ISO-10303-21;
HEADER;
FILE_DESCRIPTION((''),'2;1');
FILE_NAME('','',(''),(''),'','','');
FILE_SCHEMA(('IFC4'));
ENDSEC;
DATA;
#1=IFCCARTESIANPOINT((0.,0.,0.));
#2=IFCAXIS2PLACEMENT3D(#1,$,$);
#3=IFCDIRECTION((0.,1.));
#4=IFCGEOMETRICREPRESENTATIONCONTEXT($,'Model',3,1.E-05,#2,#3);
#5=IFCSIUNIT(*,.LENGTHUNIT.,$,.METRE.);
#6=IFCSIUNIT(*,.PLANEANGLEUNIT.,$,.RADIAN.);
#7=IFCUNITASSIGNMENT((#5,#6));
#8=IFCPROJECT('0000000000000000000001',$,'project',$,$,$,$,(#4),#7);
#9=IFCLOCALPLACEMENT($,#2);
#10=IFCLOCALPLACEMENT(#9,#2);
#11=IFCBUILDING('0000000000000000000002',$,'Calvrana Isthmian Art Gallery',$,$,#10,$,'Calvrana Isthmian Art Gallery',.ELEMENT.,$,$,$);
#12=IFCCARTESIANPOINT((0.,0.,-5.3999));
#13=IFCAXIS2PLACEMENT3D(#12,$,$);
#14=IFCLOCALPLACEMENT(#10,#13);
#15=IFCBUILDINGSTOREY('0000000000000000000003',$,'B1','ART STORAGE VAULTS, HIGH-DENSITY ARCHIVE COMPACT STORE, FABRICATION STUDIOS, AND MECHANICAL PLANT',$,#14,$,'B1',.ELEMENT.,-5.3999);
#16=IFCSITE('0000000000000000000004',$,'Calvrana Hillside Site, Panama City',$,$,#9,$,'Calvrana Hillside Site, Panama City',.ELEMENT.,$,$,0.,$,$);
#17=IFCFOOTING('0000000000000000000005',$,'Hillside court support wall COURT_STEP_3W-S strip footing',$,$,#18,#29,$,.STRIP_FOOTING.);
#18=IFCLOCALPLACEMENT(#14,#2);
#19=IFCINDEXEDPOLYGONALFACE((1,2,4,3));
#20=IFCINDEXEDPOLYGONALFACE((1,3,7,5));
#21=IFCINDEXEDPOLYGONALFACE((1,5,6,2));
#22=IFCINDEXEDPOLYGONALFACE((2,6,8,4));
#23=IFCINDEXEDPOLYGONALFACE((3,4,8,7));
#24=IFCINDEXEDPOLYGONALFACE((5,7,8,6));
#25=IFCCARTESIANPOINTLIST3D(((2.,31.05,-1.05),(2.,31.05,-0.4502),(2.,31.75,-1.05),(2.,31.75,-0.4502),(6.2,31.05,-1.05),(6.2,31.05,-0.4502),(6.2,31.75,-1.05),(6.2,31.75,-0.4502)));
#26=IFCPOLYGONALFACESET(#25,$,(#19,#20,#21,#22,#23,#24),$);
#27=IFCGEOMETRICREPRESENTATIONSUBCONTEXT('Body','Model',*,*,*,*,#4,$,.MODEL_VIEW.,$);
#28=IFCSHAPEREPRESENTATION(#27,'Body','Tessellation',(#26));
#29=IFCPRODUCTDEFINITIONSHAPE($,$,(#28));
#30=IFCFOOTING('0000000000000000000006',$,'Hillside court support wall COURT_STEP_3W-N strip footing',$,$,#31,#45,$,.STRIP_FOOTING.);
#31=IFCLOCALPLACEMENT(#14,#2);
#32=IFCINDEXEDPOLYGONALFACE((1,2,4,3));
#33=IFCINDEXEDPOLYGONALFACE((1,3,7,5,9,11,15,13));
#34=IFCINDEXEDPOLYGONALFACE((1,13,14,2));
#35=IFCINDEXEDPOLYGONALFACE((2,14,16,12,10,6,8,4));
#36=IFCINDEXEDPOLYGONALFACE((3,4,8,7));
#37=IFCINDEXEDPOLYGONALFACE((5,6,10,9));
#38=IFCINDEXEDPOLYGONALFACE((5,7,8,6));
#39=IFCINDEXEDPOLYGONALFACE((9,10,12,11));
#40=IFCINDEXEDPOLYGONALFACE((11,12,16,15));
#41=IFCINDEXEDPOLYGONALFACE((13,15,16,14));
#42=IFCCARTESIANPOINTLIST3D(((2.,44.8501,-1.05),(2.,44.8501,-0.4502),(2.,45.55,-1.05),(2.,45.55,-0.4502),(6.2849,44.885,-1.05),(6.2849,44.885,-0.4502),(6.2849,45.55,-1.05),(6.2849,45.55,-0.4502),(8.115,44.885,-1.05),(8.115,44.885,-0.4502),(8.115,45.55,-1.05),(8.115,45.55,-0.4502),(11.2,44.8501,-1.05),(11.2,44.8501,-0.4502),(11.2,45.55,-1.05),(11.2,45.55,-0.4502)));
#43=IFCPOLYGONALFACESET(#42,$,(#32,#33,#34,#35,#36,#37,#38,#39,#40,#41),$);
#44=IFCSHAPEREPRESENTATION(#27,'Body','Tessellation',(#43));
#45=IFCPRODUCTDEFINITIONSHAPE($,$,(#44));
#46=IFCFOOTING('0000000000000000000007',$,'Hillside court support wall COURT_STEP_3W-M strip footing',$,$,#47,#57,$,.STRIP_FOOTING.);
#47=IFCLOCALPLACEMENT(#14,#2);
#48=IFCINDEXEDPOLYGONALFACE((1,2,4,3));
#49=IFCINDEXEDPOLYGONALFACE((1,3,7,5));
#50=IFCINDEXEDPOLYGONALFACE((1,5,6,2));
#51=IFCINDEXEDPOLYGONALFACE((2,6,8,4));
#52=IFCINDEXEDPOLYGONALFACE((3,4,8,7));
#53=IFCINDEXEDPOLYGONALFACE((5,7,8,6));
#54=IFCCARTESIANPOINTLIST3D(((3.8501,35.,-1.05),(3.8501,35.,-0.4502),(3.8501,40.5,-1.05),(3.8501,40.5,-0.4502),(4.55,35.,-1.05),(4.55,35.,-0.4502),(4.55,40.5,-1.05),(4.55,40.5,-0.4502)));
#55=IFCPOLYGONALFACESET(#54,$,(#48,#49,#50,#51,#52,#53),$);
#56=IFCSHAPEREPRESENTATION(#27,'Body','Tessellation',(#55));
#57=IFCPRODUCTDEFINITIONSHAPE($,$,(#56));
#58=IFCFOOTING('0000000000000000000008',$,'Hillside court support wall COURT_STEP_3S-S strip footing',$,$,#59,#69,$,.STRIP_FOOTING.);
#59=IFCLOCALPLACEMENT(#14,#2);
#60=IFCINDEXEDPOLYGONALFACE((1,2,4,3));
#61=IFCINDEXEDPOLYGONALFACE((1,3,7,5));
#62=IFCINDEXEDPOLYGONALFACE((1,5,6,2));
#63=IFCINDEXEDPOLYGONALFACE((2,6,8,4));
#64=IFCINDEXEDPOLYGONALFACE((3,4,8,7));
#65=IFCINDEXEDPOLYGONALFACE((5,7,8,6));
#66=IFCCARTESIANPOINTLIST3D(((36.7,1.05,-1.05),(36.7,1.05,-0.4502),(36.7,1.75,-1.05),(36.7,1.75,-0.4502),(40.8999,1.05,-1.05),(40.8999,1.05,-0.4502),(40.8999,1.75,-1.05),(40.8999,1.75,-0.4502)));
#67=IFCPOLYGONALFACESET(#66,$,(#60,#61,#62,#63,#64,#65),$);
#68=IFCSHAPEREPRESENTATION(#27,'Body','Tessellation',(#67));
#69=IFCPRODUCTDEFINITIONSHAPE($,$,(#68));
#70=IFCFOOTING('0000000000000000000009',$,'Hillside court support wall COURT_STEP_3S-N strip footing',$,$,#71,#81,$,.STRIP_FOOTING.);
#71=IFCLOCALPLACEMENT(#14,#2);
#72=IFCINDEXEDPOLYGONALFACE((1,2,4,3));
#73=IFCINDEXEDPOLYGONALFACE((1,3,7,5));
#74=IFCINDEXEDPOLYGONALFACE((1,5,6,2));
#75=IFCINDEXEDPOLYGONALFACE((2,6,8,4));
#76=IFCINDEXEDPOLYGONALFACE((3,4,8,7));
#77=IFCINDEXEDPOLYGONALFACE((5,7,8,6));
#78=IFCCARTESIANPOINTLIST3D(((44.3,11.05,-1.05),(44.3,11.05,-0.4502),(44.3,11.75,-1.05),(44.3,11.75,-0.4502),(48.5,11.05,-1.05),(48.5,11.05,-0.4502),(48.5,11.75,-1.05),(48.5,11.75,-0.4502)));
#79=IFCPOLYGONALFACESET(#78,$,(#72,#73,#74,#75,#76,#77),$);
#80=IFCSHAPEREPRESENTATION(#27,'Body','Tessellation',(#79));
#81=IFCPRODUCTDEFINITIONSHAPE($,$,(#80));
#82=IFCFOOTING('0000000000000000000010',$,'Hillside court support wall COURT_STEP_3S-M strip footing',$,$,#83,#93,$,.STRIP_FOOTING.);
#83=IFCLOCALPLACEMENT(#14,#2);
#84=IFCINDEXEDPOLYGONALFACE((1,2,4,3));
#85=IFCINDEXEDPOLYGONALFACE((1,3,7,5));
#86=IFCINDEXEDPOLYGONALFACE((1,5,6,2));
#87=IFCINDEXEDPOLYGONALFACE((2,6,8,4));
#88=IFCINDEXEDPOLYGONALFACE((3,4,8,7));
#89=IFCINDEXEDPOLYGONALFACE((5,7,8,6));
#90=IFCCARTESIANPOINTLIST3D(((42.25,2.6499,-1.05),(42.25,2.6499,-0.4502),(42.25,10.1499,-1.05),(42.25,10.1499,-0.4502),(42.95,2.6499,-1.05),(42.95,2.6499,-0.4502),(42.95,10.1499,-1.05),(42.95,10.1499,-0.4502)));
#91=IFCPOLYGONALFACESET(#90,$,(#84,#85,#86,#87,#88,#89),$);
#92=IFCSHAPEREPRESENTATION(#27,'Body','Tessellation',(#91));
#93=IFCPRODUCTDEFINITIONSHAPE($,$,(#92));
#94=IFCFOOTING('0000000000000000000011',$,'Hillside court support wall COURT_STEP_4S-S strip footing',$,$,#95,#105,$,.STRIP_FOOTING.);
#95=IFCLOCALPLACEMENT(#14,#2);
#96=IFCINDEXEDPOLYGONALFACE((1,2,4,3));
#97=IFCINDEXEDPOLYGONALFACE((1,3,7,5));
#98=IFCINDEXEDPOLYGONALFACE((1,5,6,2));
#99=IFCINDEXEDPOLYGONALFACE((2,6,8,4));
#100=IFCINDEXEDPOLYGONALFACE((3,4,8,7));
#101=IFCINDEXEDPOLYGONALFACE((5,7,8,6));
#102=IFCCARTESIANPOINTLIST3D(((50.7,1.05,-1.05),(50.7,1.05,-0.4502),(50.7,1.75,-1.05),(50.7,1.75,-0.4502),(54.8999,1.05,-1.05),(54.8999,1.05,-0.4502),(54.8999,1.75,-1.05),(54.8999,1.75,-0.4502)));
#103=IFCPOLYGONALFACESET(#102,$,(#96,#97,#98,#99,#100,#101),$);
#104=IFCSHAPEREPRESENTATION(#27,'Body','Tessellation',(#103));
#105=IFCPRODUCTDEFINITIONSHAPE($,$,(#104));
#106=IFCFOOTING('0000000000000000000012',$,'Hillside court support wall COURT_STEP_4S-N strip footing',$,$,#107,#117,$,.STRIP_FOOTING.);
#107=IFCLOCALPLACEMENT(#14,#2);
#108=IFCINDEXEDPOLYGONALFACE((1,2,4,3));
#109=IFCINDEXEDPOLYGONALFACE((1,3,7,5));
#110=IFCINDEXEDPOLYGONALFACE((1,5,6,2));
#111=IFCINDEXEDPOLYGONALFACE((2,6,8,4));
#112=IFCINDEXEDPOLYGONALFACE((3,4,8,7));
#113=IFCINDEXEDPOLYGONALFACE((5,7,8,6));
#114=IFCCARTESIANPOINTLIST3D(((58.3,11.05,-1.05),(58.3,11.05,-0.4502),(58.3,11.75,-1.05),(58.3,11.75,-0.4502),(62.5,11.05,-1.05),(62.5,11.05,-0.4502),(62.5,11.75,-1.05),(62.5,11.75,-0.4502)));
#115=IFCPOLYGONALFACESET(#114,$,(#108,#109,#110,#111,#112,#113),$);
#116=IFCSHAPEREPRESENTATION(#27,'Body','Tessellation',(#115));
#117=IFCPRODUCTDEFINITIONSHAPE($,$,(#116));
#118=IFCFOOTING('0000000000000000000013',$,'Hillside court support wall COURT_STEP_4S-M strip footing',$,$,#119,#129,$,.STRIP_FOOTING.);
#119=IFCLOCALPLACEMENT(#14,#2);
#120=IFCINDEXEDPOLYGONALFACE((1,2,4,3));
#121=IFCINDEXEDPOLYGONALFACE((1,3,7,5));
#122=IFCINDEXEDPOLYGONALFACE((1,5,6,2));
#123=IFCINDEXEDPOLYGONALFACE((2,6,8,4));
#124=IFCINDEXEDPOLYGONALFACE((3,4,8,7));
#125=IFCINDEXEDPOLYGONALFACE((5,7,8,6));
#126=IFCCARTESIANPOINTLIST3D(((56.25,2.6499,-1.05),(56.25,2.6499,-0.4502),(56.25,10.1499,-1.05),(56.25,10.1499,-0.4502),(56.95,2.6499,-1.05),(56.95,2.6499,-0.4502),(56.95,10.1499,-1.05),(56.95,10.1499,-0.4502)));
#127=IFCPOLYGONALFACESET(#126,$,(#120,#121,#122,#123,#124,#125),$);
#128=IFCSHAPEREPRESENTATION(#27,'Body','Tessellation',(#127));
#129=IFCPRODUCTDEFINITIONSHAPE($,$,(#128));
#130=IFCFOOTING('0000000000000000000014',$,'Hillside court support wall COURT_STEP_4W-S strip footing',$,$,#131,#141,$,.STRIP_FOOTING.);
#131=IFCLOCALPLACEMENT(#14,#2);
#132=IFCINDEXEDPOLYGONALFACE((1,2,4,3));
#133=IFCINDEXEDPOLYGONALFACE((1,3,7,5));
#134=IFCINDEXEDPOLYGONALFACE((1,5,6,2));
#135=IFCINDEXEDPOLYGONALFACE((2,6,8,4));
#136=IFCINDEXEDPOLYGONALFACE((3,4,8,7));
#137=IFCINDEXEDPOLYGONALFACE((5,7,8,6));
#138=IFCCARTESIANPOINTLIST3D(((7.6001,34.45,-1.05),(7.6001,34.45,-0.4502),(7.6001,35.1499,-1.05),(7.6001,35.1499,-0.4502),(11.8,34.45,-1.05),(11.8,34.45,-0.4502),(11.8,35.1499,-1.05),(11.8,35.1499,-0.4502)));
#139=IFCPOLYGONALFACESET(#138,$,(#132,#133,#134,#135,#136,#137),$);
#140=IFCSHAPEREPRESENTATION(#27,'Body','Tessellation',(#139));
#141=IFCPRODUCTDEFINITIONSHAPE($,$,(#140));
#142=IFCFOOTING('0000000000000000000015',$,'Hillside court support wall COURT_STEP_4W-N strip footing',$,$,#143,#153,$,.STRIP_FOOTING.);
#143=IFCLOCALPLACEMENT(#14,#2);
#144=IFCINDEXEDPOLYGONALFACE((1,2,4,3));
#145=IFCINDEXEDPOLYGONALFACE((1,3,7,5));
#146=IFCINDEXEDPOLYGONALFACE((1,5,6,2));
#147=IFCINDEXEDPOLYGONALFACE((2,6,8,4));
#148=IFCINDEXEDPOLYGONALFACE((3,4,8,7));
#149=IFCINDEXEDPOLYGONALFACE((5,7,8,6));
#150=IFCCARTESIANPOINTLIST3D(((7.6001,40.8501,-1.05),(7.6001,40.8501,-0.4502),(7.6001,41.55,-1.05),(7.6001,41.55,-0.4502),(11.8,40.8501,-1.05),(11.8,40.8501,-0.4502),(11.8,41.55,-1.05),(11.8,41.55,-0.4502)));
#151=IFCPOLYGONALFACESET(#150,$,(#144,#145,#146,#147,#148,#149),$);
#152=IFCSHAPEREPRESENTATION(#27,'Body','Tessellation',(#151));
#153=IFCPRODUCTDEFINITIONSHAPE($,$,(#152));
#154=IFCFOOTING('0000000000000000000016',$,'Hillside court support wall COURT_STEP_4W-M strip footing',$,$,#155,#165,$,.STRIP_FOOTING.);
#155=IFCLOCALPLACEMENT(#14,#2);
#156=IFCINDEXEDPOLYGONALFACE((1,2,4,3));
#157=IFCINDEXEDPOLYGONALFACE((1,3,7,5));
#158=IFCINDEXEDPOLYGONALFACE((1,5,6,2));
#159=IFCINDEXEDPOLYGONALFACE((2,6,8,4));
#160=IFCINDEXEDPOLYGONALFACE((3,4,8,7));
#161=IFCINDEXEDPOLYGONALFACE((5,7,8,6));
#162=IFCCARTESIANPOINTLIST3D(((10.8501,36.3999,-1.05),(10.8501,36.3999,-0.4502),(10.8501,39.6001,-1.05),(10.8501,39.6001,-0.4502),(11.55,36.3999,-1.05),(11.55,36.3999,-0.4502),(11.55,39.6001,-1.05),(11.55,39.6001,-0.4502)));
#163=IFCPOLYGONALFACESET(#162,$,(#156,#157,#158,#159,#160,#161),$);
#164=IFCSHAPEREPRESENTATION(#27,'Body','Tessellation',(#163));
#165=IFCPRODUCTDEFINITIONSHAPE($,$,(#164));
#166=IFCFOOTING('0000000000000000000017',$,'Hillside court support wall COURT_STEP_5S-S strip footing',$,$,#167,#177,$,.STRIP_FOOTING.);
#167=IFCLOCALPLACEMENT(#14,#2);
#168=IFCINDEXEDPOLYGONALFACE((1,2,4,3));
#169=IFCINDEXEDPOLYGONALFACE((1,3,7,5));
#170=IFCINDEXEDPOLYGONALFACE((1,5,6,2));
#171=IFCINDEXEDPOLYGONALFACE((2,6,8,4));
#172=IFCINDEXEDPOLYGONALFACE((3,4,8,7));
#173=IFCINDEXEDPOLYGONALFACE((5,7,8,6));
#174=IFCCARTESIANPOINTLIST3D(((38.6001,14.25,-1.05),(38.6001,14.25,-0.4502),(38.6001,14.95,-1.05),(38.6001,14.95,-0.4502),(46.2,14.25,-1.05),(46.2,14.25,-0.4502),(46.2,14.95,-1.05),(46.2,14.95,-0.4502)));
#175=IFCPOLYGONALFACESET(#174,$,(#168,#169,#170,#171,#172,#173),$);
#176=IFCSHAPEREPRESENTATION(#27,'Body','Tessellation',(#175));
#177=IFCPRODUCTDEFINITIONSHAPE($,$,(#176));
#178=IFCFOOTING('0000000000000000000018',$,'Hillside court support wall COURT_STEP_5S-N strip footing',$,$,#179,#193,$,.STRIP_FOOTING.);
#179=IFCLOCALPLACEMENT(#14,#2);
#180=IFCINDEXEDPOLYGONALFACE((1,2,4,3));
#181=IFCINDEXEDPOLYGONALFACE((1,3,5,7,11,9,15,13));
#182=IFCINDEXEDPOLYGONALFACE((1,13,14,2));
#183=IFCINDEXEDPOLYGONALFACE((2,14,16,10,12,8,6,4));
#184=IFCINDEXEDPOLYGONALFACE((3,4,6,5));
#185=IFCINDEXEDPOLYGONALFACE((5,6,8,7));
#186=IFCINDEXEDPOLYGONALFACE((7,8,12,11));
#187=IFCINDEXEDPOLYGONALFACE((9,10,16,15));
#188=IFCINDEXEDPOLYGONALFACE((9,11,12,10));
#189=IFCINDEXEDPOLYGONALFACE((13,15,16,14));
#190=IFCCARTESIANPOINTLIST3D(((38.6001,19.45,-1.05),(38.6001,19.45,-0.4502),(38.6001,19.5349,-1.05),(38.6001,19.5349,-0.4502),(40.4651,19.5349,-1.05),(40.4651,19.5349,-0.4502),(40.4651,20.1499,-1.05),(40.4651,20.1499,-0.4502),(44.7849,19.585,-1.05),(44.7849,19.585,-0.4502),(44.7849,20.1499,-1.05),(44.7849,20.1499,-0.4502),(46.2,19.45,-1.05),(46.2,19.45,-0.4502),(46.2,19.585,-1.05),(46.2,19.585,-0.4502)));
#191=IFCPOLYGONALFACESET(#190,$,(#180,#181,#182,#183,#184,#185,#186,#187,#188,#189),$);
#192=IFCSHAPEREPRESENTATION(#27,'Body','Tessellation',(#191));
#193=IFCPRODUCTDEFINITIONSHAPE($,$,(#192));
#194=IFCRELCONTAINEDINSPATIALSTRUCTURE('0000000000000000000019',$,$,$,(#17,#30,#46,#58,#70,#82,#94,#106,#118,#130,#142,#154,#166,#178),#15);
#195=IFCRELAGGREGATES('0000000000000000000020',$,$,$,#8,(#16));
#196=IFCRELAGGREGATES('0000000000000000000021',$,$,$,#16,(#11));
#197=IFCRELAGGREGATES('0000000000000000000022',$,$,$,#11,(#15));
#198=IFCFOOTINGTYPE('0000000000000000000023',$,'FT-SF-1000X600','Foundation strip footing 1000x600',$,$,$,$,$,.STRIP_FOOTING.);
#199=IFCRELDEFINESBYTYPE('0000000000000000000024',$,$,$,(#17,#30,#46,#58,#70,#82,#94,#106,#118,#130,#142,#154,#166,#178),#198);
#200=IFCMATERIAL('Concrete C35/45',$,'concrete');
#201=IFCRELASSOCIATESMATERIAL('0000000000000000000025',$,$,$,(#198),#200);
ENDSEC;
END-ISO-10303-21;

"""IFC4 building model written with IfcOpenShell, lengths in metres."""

from ifc_helpers import new_model, si_unit, direction, frame, origin, place, context, subcontext, project, spatial, polyline, outline, extrude, material, type_object, element, save


model = new_model("IFC4")

# Units and contexts
model_context = context("Model", 3, precision=1e-05, world=origin(), true_north=direction((0.0, 1.0)))
body_context = subcontext(model_context, "Body", "Model", "MODEL_VIEW")
ifc_project = project(units=[si_unit("LENGTHUNIT", "METRE"), si_unit("PLANEANGLEUNIT", "RADIAN")], contexts=[model_context])

# Site, building, storey
site_placement = place(None, origin())
site = spatial("IfcSite", under=ifc_project, at=site_placement, Name="Calvrana Hillside Site, Panama City", LongName="Calvrana Hillside Site, Panama City", CompositionType="ELEMENT", RefElevation=0.0)
building_placement = place(site_placement, origin())
building = spatial("IfcBuilding", under=site, at=building_placement, Name="Calvrana Isthmian Art Gallery", LongName="Calvrana Isthmian Art Gallery", CompositionType="ELEMENT")
storey_placement = place(building_placement, frame((0.0, 0.0, -5.3999)))
storey = spatial("IfcBuildingStorey", under=building, at=storey_placement, Name="B1", Description="ART STORAGE VAULTS, HIGH-DENSITY ARCHIVE COMPACT STORE, FABRICATION STUDIOS, AND MECHANICAL PLANT", LongName="B1", CompositionType="ELEMENT", Elevation=-5.3999)

# Footings
ifc_material = material(Name="Concrete C35/45", Category="concrete")
footing_type_1 = type_object("IfcFootingType", Name="FT-SF-1000X600", Description="Foundation strip footing 1000x600", PredefinedType="STRIP_FOOTING", material=ifc_material)
footing_1_placement = place(storey_placement, frame((0.0, 0.0, -1.05)))
element("IfcFooting", 1, at=footing_1_placement, inside=storey, type_object=footing_type_1, Name="Hillside court support wall COURT_STEP_3W-S strip footing", PredefinedType="STRIP_FOOTING", context=body_context, shape_type="SweptSolid", body=[
    extrude(outline(polyline([(2.0, 31.05), (6.2, 31.05), (6.2, 31.75), (2.0, 31.75), (2.0, 31.05)])), origin(), (0.0, 0.0, 1.0), 0.5999),
])
footing_2_placement = place(storey_placement, frame((0.0, 0.0, -1.05)))
element("IfcFooting", 2, at=footing_2_placement, inside=storey, type_object=footing_type_1, Name="Hillside court support wall COURT_STEP_3W-N strip footing", PredefinedType="STRIP_FOOTING", context=body_context, shape_type="SweptSolid", body=[
    extrude(outline(polyline([(11.2, 45.55), (11.2, 44.8501), (2.0, 44.8501), (2.0, 45.55), (6.2849, 45.55), (6.2849, 44.885), (8.115, 44.885), (8.115, 45.55), (11.2, 45.55)])), origin(), (0.0, 0.0, 1.0), 0.5999),
])
footing_3_placement = place(storey_placement, frame((0.0, 0.0, -1.05)))
element("IfcFooting", 3, at=footing_3_placement, inside=storey, type_object=footing_type_1, Name="Hillside court support wall COURT_STEP_3W-M strip footing", PredefinedType="STRIP_FOOTING", context=body_context, shape_type="SweptSolid", body=[
    extrude(outline(polyline([(4.55, 35.0), (4.55, 40.5), (3.8501, 40.5), (3.8501, 35.0), (4.55, 35.0)])), origin(), (0.0, 0.0, 1.0), 0.5999),
])
footing_4_placement = place(storey_placement, frame((0.0, 0.0, -1.05)))
element("IfcFooting", 4, at=footing_4_placement, inside=storey, type_object=footing_type_1, Name="Hillside court support wall COURT_STEP_3S-S strip footing", PredefinedType="STRIP_FOOTING", context=body_context, shape_type="SweptSolid", body=[
    extrude(outline(polyline([(36.7, 1.05), (40.8999, 1.05), (40.8999, 1.75), (36.7, 1.75), (36.7, 1.05)])), origin(), (0.0, 0.0, 1.0), 0.5999),
])
footing_5_placement = place(storey_placement, frame((0.0, 0.0, -1.05)))
element("IfcFooting", 5, at=footing_5_placement, inside=storey, type_object=footing_type_1, Name="Hillside court support wall COURT_STEP_3S-N strip footing", PredefinedType="STRIP_FOOTING", context=body_context, shape_type="SweptSolid", body=[
    extrude(outline(polyline([(44.3, 11.05), (48.5, 11.05), (48.5, 11.75), (44.3, 11.75), (44.3, 11.05)])), origin(), (0.0, 0.0, 1.0), 0.5999),
])
footing_6_placement = place(storey_placement, frame((0.0, 0.0, -1.05)))
element("IfcFooting", 6, at=footing_6_placement, inside=storey, type_object=footing_type_1, Name="Hillside court support wall COURT_STEP_3S-M strip footing", PredefinedType="STRIP_FOOTING", context=body_context, shape_type="SweptSolid", body=[
    extrude(outline(polyline([(42.95, 2.6499), (42.95, 10.1499), (42.25, 10.1499), (42.25, 2.6499), (42.95, 2.6499)])), origin(), (0.0, 0.0, 1.0), 0.5999),
])
footing_7_placement = place(storey_placement, frame((0.0, 0.0, -1.05)))
element("IfcFooting", 7, at=footing_7_placement, inside=storey, type_object=footing_type_1, Name="Hillside court support wall COURT_STEP_4S-S strip footing", PredefinedType="STRIP_FOOTING", context=body_context, shape_type="SweptSolid", body=[
    extrude(outline(polyline([(50.7, 1.05), (54.8999, 1.05), (54.8999, 1.75), (50.7, 1.75), (50.7, 1.05)])), origin(), (0.0, 0.0, 1.0), 0.5999),
])
footing_8_placement = place(storey_placement, frame((0.0, 0.0, -1.05)))
element("IfcFooting", 8, at=footing_8_placement, inside=storey, type_object=footing_type_1, Name="Hillside court support wall COURT_STEP_4S-N strip footing", PredefinedType="STRIP_FOOTING", context=body_context, shape_type="SweptSolid", body=[
    extrude(outline(polyline([(58.3, 11.05), (62.5, 11.05), (62.5, 11.75), (58.3, 11.75), (58.3, 11.05)])), origin(), (0.0, 0.0, 1.0), 0.5999),
])
footing_9_placement = place(storey_placement, frame((0.0, 0.0, -1.05)))
element("IfcFooting", 9, at=footing_9_placement, inside=storey, type_object=footing_type_1, Name="Hillside court support wall COURT_STEP_4S-M strip footing", PredefinedType="STRIP_FOOTING", context=body_context, shape_type="SweptSolid", body=[
    extrude(outline(polyline([(56.95, 2.6499), (56.95, 10.1499), (56.25, 10.1499), (56.25, 2.6499), (56.95, 2.6499)])), origin(), (0.0, 0.0, 1.0), 0.5999),
])
footing_10_placement = place(storey_placement, frame((0.0, 0.0, -1.05)))
element("IfcFooting", 10, at=footing_10_placement, inside=storey, type_object=footing_type_1, Name="Hillside court support wall COURT_STEP_4W-S strip footing", PredefinedType="STRIP_FOOTING", context=body_context, shape_type="SweptSolid", body=[
    extrude(outline(polyline([(7.6001, 34.45), (11.8, 34.45), (11.8, 35.1499), (7.6001, 35.1499), (7.6001, 34.45)])), origin(), (0.0, 0.0, 1.0), 0.5999),
])
footing_11_placement = place(storey_placement, frame((0.0, 0.0, -1.05)))
element("IfcFooting", 11, at=footing_11_placement, inside=storey, type_object=footing_type_1, Name="Hillside court support wall COURT_STEP_4W-N strip footing", PredefinedType="STRIP_FOOTING", context=body_context, shape_type="SweptSolid", body=[
    extrude(outline(polyline([(7.6001, 40.8501), (11.8, 40.8501), (11.8, 41.55), (7.6001, 41.55), (7.6001, 40.8501)])), origin(), (0.0, 0.0, 1.0), 0.5999),
])
footing_12_placement = place(storey_placement, frame((0.0, 0.0, -1.05)))
element("IfcFooting", 12, at=footing_12_placement, inside=storey, type_object=footing_type_1, Name="Hillside court support wall COURT_STEP_4W-M strip footing", PredefinedType="STRIP_FOOTING", context=body_context, shape_type="SweptSolid", body=[
    extrude(outline(polyline([(11.55, 36.3999), (11.55, 39.6001), (10.8501, 39.6001), (10.8501, 36.3999), (11.55, 36.3999)])), origin(), (0.0, 0.0, 1.0), 0.5999),
])
footing_13_placement = place(storey_placement, frame((0.0, 0.0, -1.05)))
element("IfcFooting", 13, at=footing_13_placement, inside=storey, type_object=footing_type_1, Name="Hillside court support wall COURT_STEP_5S-S strip footing", PredefinedType="STRIP_FOOTING", context=body_context, shape_type="SweptSolid", body=[
    extrude(outline(polyline([(38.6001, 14.25), (46.2, 14.25), (46.2, 14.95), (38.6001, 14.95), (38.6001, 14.25)])), origin(), (0.0, 0.0, 1.0), 0.5999),
])
footing_14_placement = place(storey_placement, frame((0.0, 0.0, -1.05)))
element("IfcFooting", 14, at=footing_14_placement, inside=storey, type_object=footing_type_1, Name="Hillside court support wall COURT_STEP_5S-N strip footing", PredefinedType="STRIP_FOOTING", context=body_context, shape_type="SweptSolid", body=[
    extrude(outline(polyline([(46.2, 19.45), (38.6001, 19.45), (38.6001, 19.5349), (40.4651, 19.5349), (40.4651, 20.1499), (44.7849, 20.1499), (44.7849, 19.585), (46.2, 19.585), (46.2, 19.45)])), origin(), (0.0, 0.0, 1.0), 0.5999),
])

save(model, "model.ifc")
